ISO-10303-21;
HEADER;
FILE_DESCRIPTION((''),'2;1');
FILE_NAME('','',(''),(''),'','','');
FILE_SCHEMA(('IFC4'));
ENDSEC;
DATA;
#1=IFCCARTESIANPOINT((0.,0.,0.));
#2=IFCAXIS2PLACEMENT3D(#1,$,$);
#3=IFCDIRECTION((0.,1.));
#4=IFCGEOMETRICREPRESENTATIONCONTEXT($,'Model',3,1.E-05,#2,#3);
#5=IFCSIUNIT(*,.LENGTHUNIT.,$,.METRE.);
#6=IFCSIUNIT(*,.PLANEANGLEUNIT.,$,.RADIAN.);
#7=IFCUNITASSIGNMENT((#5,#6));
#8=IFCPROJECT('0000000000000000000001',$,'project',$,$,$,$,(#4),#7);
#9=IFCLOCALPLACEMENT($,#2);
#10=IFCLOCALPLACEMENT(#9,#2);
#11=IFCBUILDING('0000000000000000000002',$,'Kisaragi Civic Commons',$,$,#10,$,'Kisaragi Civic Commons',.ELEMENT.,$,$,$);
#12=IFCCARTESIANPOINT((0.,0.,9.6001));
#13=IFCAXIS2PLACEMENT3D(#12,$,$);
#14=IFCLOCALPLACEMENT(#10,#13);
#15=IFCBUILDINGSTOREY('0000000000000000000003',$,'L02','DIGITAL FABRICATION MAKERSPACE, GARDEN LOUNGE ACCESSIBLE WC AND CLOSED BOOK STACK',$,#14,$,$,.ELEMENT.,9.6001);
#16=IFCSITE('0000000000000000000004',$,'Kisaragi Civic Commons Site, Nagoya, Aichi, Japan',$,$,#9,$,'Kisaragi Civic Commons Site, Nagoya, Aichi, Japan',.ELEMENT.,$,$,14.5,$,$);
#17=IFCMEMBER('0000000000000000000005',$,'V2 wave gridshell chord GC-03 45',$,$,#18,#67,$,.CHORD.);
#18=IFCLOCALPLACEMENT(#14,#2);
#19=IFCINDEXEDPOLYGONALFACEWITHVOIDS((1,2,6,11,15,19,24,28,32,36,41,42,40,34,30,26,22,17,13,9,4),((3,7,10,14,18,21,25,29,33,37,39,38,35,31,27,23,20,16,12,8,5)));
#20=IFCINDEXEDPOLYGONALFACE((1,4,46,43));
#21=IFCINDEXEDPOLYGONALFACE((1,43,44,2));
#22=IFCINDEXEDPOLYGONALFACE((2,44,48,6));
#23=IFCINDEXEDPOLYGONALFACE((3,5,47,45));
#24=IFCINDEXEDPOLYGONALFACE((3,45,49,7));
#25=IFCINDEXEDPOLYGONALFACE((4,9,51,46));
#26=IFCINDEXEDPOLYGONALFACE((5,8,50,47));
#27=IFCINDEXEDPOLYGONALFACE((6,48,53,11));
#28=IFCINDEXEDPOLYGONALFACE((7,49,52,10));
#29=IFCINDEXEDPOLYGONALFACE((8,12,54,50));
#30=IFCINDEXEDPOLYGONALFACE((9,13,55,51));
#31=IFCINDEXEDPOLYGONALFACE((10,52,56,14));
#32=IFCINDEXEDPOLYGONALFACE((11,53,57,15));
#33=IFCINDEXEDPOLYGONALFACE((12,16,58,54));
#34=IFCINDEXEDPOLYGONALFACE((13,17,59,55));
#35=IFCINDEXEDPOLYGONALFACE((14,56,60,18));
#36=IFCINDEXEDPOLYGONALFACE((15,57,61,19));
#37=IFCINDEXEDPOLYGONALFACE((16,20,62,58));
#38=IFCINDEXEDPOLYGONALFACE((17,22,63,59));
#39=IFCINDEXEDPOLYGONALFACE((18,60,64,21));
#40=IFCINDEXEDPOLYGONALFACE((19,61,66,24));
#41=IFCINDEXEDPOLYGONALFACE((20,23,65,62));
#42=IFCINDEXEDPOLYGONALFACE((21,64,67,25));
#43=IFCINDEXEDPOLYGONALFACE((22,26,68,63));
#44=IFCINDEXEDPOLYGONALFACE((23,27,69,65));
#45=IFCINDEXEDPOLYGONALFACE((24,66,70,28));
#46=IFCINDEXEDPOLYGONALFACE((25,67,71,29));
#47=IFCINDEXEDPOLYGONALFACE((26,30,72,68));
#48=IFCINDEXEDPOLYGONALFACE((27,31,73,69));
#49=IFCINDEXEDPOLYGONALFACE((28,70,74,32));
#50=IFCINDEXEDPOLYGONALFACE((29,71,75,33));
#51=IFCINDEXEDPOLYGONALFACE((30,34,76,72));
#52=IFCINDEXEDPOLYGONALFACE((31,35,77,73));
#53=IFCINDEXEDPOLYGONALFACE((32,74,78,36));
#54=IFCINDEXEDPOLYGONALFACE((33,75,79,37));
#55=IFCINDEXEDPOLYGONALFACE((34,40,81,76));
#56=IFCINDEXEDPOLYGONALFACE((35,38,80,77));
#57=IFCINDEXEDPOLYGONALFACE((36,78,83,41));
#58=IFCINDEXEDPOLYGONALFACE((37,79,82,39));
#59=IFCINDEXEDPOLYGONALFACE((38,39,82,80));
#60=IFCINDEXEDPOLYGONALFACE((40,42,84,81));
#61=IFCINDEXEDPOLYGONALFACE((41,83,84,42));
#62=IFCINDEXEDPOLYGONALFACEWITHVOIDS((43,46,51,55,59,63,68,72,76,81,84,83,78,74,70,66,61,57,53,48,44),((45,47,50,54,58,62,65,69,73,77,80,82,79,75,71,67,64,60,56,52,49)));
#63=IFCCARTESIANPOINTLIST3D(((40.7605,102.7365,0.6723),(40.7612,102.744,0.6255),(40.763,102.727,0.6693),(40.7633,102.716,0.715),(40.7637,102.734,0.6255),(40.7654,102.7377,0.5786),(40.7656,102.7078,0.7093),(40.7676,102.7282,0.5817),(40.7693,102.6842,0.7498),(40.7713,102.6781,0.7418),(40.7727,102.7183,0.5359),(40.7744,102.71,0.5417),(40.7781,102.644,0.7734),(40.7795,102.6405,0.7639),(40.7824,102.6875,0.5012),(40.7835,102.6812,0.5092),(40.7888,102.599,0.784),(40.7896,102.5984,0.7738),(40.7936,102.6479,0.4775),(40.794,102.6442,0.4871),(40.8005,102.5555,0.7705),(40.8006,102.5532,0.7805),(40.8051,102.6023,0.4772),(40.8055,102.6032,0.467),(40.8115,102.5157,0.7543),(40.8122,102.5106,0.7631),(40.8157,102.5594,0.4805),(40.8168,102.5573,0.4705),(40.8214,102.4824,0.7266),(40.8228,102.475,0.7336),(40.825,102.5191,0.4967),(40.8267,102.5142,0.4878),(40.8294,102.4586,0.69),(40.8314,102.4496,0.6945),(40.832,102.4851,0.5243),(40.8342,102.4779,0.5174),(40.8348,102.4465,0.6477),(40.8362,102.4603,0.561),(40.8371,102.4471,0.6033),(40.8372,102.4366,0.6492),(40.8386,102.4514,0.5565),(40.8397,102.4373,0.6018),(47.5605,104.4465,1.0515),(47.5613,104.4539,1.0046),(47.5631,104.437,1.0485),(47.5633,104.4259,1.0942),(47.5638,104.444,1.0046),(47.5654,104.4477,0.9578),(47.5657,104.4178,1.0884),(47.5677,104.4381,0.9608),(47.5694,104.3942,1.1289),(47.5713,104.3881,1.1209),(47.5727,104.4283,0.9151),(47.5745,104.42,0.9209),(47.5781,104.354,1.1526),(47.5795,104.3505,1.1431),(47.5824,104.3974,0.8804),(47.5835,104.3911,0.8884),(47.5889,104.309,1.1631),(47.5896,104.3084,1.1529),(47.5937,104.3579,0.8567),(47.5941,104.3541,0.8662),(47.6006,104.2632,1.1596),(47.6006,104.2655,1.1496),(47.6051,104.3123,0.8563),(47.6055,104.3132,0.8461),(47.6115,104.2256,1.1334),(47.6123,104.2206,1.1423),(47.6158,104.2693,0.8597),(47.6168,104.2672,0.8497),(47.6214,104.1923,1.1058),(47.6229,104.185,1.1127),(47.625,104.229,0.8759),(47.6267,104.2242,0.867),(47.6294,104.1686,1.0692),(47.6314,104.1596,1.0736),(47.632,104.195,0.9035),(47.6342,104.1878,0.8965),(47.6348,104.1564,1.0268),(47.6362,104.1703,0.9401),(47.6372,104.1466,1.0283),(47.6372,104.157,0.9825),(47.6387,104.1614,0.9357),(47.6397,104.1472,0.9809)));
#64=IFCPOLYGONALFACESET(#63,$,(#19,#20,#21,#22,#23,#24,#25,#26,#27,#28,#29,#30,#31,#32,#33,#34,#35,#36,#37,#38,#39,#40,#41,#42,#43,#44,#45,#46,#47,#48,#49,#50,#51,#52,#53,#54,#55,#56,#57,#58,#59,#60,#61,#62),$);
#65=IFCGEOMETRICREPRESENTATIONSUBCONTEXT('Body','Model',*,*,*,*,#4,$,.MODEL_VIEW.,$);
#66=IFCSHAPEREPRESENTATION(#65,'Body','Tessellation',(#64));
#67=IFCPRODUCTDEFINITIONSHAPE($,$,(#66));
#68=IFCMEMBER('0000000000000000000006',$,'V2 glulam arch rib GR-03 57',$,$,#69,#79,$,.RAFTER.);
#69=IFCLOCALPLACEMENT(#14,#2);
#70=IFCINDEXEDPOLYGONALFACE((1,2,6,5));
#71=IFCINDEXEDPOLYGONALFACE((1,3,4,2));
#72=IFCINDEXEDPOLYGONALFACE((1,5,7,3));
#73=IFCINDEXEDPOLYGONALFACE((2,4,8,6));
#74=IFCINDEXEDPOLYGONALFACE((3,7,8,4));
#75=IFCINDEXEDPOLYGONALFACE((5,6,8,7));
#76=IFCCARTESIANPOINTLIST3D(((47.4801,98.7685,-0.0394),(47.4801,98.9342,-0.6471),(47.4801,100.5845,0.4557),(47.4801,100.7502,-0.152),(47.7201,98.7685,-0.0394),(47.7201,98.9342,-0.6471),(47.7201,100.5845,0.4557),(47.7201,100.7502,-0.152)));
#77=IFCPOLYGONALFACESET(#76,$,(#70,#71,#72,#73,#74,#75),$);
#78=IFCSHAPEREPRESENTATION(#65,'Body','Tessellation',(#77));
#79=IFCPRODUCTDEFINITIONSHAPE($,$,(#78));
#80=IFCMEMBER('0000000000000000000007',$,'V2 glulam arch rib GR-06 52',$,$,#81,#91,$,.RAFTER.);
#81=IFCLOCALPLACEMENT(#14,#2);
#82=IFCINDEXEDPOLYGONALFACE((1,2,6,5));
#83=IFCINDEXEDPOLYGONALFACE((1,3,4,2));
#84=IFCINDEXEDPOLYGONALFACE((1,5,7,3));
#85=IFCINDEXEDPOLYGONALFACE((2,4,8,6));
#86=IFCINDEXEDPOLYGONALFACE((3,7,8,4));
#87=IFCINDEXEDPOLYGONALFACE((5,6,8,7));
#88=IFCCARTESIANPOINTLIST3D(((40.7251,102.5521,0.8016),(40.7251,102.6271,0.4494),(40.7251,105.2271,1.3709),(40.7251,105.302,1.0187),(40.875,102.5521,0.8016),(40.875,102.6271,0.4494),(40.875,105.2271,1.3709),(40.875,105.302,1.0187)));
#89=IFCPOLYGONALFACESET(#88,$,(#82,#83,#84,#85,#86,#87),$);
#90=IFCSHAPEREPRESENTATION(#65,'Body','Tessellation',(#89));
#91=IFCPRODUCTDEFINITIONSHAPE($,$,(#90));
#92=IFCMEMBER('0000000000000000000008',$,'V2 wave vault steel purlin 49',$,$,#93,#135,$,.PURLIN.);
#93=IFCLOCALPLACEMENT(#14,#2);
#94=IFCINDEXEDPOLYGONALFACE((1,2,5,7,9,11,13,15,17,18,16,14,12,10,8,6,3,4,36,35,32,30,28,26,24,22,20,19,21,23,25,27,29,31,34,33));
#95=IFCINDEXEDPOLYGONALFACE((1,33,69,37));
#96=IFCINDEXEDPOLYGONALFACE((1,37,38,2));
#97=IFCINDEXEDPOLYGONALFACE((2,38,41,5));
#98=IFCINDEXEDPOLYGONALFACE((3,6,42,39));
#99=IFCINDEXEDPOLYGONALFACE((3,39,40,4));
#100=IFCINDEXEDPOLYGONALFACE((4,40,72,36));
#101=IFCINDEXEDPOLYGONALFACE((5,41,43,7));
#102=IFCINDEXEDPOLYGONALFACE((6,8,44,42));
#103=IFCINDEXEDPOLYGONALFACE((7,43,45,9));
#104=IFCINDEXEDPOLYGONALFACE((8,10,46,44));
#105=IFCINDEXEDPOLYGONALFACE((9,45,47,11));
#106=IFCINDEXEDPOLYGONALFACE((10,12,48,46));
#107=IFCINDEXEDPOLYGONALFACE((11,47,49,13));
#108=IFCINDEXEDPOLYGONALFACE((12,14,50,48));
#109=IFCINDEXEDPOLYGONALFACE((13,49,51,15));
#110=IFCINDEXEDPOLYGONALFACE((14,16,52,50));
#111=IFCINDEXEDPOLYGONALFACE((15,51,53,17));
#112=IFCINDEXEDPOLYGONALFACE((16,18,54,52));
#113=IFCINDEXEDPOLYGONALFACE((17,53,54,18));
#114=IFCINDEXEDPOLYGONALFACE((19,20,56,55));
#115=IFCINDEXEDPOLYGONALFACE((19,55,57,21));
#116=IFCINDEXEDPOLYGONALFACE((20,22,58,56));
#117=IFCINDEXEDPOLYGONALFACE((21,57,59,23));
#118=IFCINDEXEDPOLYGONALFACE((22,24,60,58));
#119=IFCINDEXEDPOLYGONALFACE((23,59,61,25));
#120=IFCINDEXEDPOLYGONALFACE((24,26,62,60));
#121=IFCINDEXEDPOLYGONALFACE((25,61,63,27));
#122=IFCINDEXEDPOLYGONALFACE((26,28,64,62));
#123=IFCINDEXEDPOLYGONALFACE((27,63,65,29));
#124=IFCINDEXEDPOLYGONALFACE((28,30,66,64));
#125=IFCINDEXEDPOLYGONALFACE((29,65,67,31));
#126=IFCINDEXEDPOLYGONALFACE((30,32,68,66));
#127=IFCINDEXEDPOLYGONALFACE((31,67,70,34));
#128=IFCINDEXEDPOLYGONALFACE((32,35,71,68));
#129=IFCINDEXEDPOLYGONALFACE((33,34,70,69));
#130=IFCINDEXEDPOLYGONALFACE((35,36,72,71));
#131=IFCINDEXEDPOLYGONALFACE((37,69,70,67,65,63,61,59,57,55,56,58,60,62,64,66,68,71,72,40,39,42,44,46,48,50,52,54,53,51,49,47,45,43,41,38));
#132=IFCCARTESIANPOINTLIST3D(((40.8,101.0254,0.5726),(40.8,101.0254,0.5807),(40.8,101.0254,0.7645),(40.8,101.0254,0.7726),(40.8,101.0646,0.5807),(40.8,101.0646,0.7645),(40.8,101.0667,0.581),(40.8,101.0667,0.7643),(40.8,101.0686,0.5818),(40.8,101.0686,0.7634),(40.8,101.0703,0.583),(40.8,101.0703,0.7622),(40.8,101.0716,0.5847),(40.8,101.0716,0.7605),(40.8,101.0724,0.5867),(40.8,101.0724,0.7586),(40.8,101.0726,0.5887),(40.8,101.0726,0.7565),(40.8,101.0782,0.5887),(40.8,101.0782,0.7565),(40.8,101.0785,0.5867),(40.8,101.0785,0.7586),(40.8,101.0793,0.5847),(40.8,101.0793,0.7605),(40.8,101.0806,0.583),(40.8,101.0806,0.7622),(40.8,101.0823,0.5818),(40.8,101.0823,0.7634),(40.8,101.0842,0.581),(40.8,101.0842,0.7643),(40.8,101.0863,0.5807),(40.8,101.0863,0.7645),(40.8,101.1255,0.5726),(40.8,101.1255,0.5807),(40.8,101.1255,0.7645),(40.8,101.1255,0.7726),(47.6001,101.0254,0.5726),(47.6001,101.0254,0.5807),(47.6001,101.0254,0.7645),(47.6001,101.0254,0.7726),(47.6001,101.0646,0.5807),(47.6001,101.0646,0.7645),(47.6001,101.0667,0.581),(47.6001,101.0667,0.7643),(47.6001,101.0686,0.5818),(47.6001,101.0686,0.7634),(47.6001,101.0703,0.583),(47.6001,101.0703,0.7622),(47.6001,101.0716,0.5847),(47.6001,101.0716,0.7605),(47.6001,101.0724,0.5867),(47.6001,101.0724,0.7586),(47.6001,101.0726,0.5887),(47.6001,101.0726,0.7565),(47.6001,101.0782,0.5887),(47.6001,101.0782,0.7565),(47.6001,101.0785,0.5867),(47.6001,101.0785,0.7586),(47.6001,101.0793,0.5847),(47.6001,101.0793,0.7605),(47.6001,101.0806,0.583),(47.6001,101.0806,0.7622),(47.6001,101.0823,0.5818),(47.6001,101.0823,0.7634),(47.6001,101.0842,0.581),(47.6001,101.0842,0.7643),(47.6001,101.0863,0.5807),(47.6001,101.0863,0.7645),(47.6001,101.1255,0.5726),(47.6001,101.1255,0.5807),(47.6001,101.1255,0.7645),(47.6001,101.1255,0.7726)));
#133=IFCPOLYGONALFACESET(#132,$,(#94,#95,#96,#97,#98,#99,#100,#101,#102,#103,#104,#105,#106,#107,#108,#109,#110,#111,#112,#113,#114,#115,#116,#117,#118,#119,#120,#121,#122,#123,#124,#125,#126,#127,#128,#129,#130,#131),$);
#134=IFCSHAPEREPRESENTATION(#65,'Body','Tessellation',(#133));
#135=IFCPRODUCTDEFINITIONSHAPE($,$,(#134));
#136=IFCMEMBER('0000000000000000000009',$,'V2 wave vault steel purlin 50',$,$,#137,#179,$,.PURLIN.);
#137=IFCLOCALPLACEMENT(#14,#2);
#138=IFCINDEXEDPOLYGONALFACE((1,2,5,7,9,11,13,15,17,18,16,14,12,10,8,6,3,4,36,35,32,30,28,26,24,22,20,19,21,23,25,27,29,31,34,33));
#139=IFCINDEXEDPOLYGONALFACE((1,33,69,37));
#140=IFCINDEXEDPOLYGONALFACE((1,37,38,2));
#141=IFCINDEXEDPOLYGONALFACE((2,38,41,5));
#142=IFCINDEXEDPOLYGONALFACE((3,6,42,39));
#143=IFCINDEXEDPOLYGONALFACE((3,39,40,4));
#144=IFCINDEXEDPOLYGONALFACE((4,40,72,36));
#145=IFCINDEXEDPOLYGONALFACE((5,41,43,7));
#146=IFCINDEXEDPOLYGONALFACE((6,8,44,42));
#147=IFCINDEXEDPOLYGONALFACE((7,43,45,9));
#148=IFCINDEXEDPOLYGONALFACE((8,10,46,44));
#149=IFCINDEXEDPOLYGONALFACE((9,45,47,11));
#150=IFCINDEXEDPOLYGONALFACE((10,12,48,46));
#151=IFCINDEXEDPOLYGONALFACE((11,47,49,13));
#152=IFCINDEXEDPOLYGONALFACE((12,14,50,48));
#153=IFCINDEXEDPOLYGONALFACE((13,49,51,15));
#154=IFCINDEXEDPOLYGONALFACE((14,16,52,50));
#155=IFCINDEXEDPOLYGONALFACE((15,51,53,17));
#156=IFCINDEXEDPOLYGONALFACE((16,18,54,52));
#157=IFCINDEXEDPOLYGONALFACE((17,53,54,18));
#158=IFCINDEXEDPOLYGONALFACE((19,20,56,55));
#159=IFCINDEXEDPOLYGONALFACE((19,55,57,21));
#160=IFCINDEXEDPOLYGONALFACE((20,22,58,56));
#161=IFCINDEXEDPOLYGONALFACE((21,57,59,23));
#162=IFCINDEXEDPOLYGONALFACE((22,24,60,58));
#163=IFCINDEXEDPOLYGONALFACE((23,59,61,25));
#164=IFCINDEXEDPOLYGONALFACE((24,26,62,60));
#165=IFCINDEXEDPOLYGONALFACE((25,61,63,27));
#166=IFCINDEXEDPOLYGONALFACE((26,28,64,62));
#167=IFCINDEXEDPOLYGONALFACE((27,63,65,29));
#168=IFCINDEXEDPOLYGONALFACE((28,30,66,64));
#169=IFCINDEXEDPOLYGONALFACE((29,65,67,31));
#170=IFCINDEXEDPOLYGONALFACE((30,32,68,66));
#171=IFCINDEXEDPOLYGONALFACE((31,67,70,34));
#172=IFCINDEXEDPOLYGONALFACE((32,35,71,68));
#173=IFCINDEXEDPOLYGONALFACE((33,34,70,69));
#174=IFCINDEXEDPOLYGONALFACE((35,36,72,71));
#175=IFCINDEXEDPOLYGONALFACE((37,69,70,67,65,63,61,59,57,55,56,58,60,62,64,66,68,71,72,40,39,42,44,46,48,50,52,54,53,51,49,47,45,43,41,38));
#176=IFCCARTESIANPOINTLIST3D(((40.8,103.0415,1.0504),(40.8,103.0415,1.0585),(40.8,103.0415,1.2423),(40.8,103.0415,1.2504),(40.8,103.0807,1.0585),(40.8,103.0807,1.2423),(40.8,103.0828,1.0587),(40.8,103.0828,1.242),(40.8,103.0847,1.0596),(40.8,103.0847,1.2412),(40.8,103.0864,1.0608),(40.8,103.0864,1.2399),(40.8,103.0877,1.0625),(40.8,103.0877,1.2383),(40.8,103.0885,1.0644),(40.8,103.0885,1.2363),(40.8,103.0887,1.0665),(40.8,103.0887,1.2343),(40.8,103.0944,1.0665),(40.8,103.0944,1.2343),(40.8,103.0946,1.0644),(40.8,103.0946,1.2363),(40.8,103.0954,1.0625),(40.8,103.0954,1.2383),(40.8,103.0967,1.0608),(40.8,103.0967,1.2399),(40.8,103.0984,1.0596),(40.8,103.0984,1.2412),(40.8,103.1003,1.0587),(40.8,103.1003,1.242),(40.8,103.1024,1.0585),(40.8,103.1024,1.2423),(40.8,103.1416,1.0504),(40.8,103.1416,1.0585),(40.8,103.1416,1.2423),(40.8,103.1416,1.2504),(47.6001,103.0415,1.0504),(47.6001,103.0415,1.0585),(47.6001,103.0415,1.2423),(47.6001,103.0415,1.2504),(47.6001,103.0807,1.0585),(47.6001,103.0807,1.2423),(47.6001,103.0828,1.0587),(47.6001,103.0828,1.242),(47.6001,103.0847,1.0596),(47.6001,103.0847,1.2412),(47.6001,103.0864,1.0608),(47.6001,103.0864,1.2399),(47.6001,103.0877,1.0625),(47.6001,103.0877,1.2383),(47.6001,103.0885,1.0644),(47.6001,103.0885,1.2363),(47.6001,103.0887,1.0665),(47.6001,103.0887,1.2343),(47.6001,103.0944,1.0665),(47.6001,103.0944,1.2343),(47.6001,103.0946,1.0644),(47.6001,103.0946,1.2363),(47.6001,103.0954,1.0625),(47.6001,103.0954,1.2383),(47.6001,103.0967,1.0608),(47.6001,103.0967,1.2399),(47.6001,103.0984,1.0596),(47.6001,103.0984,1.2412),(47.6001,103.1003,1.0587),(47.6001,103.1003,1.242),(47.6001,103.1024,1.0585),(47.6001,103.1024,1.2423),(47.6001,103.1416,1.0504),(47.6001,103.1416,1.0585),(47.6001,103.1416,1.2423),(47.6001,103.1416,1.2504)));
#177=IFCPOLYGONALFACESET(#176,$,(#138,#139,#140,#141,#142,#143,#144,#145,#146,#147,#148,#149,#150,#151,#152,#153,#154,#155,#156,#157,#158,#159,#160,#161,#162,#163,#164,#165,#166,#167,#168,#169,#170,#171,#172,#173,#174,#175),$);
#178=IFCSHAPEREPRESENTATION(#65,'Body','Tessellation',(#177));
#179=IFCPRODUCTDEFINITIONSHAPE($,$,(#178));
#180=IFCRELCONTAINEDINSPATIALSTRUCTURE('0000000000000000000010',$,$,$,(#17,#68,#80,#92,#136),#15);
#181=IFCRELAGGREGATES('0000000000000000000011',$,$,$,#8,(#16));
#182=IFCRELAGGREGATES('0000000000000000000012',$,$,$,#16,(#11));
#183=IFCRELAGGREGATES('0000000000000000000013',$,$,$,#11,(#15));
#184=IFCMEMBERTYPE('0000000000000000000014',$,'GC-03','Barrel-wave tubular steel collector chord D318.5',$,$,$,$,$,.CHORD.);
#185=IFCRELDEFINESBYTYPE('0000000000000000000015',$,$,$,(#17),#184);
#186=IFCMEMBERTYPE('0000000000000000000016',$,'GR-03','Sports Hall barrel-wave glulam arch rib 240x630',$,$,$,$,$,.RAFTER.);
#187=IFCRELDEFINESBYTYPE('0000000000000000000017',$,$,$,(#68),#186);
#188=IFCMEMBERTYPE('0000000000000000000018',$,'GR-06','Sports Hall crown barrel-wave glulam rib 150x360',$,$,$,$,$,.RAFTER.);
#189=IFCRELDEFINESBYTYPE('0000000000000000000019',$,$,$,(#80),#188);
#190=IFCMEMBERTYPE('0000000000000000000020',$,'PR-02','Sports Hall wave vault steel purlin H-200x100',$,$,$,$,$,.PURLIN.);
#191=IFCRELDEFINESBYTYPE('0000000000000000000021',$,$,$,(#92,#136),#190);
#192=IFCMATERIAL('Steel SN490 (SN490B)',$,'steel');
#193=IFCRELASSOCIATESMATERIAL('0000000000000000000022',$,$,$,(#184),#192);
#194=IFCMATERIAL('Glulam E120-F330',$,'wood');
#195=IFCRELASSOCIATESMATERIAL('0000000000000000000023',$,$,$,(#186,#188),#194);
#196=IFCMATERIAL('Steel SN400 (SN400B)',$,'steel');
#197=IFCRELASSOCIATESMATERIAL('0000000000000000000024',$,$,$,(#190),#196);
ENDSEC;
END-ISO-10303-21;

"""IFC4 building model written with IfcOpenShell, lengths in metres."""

from ifc_helpers import new_model, si_unit, direction, frame, origin, origin_2d, place, context, subcontext, project, spatial, rectangle, hollow_circle, i_section, extrude, material, material_profile, profile_set, type_object, element, save


model = new_model("IFC4")

# Units and contexts
model_context = context("Model", 3, precision=1e-05, world=origin(), true_north=direction((0.0, 1.0)))
body_context = subcontext(model_context, "Body", "Model", "MODEL_VIEW")
ifc_project = project(units=[si_unit("LENGTHUNIT", "METRE"), si_unit("PLANEANGLEUNIT", "RADIAN")], contexts=[model_context])

# Site, building, storey
site_placement = place(None, origin())
site = spatial("IfcSite", under=ifc_project, at=site_placement, Name="Kisaragi Civic Commons Site, Nagoya, Aichi, Japan", LongName="Kisaragi Civic Commons Site, Nagoya, Aichi, Japan", CompositionType="ELEMENT", RefElevation=14.5)
building_placement = place(site_placement, origin())
building = spatial("IfcBuilding", under=site, at=building_placement, Name="Kisaragi Civic Commons", LongName="Kisaragi Civic Commons", CompositionType="ELEMENT")
storey_placement = place(building_placement, frame((0.0, 0.0, 9.6001)))
storey = spatial("IfcBuildingStorey", under=building, at=storey_placement, Name="L02", Description="DIGITAL FABRICATION MAKERSPACE, GARDEN LOUNGE ACCESSIBLE WC AND CLOSED BOOK STACK", CompositionType="ELEMENT", Elevation=9.6001)

# Members
ifc_material_1 = material(Name="Steel SN490 (SN490B)", Category="steel")
ifc_material_profile_1 = material_profile(ifc_material_1, hollow_circle(Radius=0.1592, WallThickness=0.0103, at=origin_2d()), Name="CHS-318.5x10.3", Category="steel")
ifc_profile_set_1 = profile_set([ifc_material_profile_1], Name="Steel SN490 (SN490B)")
member_type_1 = type_object("IfcMemberType", Name="GC-03", Description="Barrel-wave tubular steel collector chord D318.5", PredefinedType="CHORD", material=ifc_profile_set_1)
member_1_placement = place(storey_placement, frame((40.8, 102.5896, 0.6255), z_axis=(0.968393, 0.243515, 0.053995), x_axis=(-0.243871, 0.969808, 0.0)))
element("IfcMember", 1, at=member_1_placement, inside=storey, type_object=member_type_1, Name="V2 wave gridshell chord GC-03 45", PredefinedType="CHORD", context=body_context, shape_type="SweptSolid", body=[
    extrude(hollow_circle(Radius=0.1592, WallThickness=0.0103, at=origin_2d()), origin(), (0.0, 0.0, 1.0), 7.022),
])
ifc_material_2 = material(Name="Glulam E120-F330", Category="wood")
ifc_material_profile_2 = material_profile(ifc_material_2, rectangle(XDim=0.24, YDim=0.6299, at=origin_2d()), Name="GL-240x630", Category="wood")
ifc_profile_set_2 = profile_set([ifc_material_profile_2], Name="Glulam E120-F330")
member_type_2 = type_object("IfcMemberType", Name="GR-03", Description="Sports Hall barrel-wave glulam arch rib 240x630", PredefinedType="RAFTER", material=ifc_profile_set_2)
member_2_placement = place(storey_placement, frame((47.6001, 98.8513, -0.3433), z_axis=(0.0, 0.964791, 0.263019), x_axis=(-1.0, 0.0, 0.0)))
element("IfcMember", 2, at=member_2_placement, inside=storey, type_object=member_type_2, Name="V2 glulam arch rib GR-03 57", PredefinedType="RAFTER", context=body_context, shape_type="SweptSolid", body=[
    extrude(rectangle(XDim=0.24, YDim=0.6299, at=origin_2d()), origin(), (0.0, 0.0, 1.0), 1.8823),
])
ifc_material_profile_3 = material_profile(ifc_material_2, rectangle(XDim=0.1499, YDim=0.3601, at=origin_2d()), Name="GL-150x360", Category="wood")
ifc_profile_set_3 = profile_set([ifc_material_profile_3], Name="Glulam E120-F330")
member_type_3 = type_object("IfcMemberType", Name="GR-06", Description="Sports Hall crown barrel-wave glulam rib 150x360", PredefinedType="RAFTER", material=ifc_profile_set_3)
member_3_placement = place(storey_placement, frame((40.8, 102.5896, 0.6255), z_axis=(0.0, 0.978093, 0.208169), x_axis=(-1.0, 0.0, 0.0)))
element("IfcMember", 3, at=member_3_placement, inside=storey, type_object=member_type_3, Name="V2 glulam arch rib GR-06 52", PredefinedType="RAFTER", context=body_context, shape_type="SweptSolid", body=[
    extrude(rectangle(XDim=0.1499, YDim=0.3601, at=origin_2d()), origin(), (0.0, 0.0, 1.0), 2.7349),
])
ifc_material_3 = material(Name="Steel SN400 (SN400B)", Category="steel")
ifc_material_profile_4 = material_profile(ifc_material_3, i_section(OverallWidth=0.1001, OverallDepth=0.2, WebThickness=0.0056, FlangeThickness=0.0081, FilletRadius=0.0081, at=origin_2d()), Name="H-200x100x5.5x8", Category="steel")
ifc_profile_set_4 = profile_set([ifc_material_profile_4], Name="Steel SN400 (SN400B)")
member_type_4 = type_object("IfcMemberType", Name="PR-02", Description="Sports Hall wave vault steel purlin H-200x100", PredefinedType="PURLIN", material=ifc_profile_set_4)
for number, where, z_axis, x_axis, name in (
    (4, (40.8, 101.0754, 0.6726), (1.0, 0.0, 0.0), (0.0, 1.0, 0.0), "V2 wave vault steel purlin 49"),
    (5, (40.8, 103.0916, 1.1504), (1.0, 0.0, 0.0), (0.0, 1.0, 0.0), "V2 wave vault steel purlin 50"),
):
    element("IfcMember", number, at=place(storey_placement, frame(where, z_axis=z_axis, x_axis=x_axis)), inside=storey, type_object=member_type_4, Name=name, PredefinedType="PURLIN", context=body_context, shape_type="SweptSolid", body=[
        extrude(i_section(OverallWidth=0.1001, OverallDepth=0.2, WebThickness=0.0056, FlangeThickness=0.0081, FilletRadius=0.0081, at=origin_2d()), origin(), (0.0, 0.0, 1.0), 6.8),
    ])

save(model, "model.ifc")
